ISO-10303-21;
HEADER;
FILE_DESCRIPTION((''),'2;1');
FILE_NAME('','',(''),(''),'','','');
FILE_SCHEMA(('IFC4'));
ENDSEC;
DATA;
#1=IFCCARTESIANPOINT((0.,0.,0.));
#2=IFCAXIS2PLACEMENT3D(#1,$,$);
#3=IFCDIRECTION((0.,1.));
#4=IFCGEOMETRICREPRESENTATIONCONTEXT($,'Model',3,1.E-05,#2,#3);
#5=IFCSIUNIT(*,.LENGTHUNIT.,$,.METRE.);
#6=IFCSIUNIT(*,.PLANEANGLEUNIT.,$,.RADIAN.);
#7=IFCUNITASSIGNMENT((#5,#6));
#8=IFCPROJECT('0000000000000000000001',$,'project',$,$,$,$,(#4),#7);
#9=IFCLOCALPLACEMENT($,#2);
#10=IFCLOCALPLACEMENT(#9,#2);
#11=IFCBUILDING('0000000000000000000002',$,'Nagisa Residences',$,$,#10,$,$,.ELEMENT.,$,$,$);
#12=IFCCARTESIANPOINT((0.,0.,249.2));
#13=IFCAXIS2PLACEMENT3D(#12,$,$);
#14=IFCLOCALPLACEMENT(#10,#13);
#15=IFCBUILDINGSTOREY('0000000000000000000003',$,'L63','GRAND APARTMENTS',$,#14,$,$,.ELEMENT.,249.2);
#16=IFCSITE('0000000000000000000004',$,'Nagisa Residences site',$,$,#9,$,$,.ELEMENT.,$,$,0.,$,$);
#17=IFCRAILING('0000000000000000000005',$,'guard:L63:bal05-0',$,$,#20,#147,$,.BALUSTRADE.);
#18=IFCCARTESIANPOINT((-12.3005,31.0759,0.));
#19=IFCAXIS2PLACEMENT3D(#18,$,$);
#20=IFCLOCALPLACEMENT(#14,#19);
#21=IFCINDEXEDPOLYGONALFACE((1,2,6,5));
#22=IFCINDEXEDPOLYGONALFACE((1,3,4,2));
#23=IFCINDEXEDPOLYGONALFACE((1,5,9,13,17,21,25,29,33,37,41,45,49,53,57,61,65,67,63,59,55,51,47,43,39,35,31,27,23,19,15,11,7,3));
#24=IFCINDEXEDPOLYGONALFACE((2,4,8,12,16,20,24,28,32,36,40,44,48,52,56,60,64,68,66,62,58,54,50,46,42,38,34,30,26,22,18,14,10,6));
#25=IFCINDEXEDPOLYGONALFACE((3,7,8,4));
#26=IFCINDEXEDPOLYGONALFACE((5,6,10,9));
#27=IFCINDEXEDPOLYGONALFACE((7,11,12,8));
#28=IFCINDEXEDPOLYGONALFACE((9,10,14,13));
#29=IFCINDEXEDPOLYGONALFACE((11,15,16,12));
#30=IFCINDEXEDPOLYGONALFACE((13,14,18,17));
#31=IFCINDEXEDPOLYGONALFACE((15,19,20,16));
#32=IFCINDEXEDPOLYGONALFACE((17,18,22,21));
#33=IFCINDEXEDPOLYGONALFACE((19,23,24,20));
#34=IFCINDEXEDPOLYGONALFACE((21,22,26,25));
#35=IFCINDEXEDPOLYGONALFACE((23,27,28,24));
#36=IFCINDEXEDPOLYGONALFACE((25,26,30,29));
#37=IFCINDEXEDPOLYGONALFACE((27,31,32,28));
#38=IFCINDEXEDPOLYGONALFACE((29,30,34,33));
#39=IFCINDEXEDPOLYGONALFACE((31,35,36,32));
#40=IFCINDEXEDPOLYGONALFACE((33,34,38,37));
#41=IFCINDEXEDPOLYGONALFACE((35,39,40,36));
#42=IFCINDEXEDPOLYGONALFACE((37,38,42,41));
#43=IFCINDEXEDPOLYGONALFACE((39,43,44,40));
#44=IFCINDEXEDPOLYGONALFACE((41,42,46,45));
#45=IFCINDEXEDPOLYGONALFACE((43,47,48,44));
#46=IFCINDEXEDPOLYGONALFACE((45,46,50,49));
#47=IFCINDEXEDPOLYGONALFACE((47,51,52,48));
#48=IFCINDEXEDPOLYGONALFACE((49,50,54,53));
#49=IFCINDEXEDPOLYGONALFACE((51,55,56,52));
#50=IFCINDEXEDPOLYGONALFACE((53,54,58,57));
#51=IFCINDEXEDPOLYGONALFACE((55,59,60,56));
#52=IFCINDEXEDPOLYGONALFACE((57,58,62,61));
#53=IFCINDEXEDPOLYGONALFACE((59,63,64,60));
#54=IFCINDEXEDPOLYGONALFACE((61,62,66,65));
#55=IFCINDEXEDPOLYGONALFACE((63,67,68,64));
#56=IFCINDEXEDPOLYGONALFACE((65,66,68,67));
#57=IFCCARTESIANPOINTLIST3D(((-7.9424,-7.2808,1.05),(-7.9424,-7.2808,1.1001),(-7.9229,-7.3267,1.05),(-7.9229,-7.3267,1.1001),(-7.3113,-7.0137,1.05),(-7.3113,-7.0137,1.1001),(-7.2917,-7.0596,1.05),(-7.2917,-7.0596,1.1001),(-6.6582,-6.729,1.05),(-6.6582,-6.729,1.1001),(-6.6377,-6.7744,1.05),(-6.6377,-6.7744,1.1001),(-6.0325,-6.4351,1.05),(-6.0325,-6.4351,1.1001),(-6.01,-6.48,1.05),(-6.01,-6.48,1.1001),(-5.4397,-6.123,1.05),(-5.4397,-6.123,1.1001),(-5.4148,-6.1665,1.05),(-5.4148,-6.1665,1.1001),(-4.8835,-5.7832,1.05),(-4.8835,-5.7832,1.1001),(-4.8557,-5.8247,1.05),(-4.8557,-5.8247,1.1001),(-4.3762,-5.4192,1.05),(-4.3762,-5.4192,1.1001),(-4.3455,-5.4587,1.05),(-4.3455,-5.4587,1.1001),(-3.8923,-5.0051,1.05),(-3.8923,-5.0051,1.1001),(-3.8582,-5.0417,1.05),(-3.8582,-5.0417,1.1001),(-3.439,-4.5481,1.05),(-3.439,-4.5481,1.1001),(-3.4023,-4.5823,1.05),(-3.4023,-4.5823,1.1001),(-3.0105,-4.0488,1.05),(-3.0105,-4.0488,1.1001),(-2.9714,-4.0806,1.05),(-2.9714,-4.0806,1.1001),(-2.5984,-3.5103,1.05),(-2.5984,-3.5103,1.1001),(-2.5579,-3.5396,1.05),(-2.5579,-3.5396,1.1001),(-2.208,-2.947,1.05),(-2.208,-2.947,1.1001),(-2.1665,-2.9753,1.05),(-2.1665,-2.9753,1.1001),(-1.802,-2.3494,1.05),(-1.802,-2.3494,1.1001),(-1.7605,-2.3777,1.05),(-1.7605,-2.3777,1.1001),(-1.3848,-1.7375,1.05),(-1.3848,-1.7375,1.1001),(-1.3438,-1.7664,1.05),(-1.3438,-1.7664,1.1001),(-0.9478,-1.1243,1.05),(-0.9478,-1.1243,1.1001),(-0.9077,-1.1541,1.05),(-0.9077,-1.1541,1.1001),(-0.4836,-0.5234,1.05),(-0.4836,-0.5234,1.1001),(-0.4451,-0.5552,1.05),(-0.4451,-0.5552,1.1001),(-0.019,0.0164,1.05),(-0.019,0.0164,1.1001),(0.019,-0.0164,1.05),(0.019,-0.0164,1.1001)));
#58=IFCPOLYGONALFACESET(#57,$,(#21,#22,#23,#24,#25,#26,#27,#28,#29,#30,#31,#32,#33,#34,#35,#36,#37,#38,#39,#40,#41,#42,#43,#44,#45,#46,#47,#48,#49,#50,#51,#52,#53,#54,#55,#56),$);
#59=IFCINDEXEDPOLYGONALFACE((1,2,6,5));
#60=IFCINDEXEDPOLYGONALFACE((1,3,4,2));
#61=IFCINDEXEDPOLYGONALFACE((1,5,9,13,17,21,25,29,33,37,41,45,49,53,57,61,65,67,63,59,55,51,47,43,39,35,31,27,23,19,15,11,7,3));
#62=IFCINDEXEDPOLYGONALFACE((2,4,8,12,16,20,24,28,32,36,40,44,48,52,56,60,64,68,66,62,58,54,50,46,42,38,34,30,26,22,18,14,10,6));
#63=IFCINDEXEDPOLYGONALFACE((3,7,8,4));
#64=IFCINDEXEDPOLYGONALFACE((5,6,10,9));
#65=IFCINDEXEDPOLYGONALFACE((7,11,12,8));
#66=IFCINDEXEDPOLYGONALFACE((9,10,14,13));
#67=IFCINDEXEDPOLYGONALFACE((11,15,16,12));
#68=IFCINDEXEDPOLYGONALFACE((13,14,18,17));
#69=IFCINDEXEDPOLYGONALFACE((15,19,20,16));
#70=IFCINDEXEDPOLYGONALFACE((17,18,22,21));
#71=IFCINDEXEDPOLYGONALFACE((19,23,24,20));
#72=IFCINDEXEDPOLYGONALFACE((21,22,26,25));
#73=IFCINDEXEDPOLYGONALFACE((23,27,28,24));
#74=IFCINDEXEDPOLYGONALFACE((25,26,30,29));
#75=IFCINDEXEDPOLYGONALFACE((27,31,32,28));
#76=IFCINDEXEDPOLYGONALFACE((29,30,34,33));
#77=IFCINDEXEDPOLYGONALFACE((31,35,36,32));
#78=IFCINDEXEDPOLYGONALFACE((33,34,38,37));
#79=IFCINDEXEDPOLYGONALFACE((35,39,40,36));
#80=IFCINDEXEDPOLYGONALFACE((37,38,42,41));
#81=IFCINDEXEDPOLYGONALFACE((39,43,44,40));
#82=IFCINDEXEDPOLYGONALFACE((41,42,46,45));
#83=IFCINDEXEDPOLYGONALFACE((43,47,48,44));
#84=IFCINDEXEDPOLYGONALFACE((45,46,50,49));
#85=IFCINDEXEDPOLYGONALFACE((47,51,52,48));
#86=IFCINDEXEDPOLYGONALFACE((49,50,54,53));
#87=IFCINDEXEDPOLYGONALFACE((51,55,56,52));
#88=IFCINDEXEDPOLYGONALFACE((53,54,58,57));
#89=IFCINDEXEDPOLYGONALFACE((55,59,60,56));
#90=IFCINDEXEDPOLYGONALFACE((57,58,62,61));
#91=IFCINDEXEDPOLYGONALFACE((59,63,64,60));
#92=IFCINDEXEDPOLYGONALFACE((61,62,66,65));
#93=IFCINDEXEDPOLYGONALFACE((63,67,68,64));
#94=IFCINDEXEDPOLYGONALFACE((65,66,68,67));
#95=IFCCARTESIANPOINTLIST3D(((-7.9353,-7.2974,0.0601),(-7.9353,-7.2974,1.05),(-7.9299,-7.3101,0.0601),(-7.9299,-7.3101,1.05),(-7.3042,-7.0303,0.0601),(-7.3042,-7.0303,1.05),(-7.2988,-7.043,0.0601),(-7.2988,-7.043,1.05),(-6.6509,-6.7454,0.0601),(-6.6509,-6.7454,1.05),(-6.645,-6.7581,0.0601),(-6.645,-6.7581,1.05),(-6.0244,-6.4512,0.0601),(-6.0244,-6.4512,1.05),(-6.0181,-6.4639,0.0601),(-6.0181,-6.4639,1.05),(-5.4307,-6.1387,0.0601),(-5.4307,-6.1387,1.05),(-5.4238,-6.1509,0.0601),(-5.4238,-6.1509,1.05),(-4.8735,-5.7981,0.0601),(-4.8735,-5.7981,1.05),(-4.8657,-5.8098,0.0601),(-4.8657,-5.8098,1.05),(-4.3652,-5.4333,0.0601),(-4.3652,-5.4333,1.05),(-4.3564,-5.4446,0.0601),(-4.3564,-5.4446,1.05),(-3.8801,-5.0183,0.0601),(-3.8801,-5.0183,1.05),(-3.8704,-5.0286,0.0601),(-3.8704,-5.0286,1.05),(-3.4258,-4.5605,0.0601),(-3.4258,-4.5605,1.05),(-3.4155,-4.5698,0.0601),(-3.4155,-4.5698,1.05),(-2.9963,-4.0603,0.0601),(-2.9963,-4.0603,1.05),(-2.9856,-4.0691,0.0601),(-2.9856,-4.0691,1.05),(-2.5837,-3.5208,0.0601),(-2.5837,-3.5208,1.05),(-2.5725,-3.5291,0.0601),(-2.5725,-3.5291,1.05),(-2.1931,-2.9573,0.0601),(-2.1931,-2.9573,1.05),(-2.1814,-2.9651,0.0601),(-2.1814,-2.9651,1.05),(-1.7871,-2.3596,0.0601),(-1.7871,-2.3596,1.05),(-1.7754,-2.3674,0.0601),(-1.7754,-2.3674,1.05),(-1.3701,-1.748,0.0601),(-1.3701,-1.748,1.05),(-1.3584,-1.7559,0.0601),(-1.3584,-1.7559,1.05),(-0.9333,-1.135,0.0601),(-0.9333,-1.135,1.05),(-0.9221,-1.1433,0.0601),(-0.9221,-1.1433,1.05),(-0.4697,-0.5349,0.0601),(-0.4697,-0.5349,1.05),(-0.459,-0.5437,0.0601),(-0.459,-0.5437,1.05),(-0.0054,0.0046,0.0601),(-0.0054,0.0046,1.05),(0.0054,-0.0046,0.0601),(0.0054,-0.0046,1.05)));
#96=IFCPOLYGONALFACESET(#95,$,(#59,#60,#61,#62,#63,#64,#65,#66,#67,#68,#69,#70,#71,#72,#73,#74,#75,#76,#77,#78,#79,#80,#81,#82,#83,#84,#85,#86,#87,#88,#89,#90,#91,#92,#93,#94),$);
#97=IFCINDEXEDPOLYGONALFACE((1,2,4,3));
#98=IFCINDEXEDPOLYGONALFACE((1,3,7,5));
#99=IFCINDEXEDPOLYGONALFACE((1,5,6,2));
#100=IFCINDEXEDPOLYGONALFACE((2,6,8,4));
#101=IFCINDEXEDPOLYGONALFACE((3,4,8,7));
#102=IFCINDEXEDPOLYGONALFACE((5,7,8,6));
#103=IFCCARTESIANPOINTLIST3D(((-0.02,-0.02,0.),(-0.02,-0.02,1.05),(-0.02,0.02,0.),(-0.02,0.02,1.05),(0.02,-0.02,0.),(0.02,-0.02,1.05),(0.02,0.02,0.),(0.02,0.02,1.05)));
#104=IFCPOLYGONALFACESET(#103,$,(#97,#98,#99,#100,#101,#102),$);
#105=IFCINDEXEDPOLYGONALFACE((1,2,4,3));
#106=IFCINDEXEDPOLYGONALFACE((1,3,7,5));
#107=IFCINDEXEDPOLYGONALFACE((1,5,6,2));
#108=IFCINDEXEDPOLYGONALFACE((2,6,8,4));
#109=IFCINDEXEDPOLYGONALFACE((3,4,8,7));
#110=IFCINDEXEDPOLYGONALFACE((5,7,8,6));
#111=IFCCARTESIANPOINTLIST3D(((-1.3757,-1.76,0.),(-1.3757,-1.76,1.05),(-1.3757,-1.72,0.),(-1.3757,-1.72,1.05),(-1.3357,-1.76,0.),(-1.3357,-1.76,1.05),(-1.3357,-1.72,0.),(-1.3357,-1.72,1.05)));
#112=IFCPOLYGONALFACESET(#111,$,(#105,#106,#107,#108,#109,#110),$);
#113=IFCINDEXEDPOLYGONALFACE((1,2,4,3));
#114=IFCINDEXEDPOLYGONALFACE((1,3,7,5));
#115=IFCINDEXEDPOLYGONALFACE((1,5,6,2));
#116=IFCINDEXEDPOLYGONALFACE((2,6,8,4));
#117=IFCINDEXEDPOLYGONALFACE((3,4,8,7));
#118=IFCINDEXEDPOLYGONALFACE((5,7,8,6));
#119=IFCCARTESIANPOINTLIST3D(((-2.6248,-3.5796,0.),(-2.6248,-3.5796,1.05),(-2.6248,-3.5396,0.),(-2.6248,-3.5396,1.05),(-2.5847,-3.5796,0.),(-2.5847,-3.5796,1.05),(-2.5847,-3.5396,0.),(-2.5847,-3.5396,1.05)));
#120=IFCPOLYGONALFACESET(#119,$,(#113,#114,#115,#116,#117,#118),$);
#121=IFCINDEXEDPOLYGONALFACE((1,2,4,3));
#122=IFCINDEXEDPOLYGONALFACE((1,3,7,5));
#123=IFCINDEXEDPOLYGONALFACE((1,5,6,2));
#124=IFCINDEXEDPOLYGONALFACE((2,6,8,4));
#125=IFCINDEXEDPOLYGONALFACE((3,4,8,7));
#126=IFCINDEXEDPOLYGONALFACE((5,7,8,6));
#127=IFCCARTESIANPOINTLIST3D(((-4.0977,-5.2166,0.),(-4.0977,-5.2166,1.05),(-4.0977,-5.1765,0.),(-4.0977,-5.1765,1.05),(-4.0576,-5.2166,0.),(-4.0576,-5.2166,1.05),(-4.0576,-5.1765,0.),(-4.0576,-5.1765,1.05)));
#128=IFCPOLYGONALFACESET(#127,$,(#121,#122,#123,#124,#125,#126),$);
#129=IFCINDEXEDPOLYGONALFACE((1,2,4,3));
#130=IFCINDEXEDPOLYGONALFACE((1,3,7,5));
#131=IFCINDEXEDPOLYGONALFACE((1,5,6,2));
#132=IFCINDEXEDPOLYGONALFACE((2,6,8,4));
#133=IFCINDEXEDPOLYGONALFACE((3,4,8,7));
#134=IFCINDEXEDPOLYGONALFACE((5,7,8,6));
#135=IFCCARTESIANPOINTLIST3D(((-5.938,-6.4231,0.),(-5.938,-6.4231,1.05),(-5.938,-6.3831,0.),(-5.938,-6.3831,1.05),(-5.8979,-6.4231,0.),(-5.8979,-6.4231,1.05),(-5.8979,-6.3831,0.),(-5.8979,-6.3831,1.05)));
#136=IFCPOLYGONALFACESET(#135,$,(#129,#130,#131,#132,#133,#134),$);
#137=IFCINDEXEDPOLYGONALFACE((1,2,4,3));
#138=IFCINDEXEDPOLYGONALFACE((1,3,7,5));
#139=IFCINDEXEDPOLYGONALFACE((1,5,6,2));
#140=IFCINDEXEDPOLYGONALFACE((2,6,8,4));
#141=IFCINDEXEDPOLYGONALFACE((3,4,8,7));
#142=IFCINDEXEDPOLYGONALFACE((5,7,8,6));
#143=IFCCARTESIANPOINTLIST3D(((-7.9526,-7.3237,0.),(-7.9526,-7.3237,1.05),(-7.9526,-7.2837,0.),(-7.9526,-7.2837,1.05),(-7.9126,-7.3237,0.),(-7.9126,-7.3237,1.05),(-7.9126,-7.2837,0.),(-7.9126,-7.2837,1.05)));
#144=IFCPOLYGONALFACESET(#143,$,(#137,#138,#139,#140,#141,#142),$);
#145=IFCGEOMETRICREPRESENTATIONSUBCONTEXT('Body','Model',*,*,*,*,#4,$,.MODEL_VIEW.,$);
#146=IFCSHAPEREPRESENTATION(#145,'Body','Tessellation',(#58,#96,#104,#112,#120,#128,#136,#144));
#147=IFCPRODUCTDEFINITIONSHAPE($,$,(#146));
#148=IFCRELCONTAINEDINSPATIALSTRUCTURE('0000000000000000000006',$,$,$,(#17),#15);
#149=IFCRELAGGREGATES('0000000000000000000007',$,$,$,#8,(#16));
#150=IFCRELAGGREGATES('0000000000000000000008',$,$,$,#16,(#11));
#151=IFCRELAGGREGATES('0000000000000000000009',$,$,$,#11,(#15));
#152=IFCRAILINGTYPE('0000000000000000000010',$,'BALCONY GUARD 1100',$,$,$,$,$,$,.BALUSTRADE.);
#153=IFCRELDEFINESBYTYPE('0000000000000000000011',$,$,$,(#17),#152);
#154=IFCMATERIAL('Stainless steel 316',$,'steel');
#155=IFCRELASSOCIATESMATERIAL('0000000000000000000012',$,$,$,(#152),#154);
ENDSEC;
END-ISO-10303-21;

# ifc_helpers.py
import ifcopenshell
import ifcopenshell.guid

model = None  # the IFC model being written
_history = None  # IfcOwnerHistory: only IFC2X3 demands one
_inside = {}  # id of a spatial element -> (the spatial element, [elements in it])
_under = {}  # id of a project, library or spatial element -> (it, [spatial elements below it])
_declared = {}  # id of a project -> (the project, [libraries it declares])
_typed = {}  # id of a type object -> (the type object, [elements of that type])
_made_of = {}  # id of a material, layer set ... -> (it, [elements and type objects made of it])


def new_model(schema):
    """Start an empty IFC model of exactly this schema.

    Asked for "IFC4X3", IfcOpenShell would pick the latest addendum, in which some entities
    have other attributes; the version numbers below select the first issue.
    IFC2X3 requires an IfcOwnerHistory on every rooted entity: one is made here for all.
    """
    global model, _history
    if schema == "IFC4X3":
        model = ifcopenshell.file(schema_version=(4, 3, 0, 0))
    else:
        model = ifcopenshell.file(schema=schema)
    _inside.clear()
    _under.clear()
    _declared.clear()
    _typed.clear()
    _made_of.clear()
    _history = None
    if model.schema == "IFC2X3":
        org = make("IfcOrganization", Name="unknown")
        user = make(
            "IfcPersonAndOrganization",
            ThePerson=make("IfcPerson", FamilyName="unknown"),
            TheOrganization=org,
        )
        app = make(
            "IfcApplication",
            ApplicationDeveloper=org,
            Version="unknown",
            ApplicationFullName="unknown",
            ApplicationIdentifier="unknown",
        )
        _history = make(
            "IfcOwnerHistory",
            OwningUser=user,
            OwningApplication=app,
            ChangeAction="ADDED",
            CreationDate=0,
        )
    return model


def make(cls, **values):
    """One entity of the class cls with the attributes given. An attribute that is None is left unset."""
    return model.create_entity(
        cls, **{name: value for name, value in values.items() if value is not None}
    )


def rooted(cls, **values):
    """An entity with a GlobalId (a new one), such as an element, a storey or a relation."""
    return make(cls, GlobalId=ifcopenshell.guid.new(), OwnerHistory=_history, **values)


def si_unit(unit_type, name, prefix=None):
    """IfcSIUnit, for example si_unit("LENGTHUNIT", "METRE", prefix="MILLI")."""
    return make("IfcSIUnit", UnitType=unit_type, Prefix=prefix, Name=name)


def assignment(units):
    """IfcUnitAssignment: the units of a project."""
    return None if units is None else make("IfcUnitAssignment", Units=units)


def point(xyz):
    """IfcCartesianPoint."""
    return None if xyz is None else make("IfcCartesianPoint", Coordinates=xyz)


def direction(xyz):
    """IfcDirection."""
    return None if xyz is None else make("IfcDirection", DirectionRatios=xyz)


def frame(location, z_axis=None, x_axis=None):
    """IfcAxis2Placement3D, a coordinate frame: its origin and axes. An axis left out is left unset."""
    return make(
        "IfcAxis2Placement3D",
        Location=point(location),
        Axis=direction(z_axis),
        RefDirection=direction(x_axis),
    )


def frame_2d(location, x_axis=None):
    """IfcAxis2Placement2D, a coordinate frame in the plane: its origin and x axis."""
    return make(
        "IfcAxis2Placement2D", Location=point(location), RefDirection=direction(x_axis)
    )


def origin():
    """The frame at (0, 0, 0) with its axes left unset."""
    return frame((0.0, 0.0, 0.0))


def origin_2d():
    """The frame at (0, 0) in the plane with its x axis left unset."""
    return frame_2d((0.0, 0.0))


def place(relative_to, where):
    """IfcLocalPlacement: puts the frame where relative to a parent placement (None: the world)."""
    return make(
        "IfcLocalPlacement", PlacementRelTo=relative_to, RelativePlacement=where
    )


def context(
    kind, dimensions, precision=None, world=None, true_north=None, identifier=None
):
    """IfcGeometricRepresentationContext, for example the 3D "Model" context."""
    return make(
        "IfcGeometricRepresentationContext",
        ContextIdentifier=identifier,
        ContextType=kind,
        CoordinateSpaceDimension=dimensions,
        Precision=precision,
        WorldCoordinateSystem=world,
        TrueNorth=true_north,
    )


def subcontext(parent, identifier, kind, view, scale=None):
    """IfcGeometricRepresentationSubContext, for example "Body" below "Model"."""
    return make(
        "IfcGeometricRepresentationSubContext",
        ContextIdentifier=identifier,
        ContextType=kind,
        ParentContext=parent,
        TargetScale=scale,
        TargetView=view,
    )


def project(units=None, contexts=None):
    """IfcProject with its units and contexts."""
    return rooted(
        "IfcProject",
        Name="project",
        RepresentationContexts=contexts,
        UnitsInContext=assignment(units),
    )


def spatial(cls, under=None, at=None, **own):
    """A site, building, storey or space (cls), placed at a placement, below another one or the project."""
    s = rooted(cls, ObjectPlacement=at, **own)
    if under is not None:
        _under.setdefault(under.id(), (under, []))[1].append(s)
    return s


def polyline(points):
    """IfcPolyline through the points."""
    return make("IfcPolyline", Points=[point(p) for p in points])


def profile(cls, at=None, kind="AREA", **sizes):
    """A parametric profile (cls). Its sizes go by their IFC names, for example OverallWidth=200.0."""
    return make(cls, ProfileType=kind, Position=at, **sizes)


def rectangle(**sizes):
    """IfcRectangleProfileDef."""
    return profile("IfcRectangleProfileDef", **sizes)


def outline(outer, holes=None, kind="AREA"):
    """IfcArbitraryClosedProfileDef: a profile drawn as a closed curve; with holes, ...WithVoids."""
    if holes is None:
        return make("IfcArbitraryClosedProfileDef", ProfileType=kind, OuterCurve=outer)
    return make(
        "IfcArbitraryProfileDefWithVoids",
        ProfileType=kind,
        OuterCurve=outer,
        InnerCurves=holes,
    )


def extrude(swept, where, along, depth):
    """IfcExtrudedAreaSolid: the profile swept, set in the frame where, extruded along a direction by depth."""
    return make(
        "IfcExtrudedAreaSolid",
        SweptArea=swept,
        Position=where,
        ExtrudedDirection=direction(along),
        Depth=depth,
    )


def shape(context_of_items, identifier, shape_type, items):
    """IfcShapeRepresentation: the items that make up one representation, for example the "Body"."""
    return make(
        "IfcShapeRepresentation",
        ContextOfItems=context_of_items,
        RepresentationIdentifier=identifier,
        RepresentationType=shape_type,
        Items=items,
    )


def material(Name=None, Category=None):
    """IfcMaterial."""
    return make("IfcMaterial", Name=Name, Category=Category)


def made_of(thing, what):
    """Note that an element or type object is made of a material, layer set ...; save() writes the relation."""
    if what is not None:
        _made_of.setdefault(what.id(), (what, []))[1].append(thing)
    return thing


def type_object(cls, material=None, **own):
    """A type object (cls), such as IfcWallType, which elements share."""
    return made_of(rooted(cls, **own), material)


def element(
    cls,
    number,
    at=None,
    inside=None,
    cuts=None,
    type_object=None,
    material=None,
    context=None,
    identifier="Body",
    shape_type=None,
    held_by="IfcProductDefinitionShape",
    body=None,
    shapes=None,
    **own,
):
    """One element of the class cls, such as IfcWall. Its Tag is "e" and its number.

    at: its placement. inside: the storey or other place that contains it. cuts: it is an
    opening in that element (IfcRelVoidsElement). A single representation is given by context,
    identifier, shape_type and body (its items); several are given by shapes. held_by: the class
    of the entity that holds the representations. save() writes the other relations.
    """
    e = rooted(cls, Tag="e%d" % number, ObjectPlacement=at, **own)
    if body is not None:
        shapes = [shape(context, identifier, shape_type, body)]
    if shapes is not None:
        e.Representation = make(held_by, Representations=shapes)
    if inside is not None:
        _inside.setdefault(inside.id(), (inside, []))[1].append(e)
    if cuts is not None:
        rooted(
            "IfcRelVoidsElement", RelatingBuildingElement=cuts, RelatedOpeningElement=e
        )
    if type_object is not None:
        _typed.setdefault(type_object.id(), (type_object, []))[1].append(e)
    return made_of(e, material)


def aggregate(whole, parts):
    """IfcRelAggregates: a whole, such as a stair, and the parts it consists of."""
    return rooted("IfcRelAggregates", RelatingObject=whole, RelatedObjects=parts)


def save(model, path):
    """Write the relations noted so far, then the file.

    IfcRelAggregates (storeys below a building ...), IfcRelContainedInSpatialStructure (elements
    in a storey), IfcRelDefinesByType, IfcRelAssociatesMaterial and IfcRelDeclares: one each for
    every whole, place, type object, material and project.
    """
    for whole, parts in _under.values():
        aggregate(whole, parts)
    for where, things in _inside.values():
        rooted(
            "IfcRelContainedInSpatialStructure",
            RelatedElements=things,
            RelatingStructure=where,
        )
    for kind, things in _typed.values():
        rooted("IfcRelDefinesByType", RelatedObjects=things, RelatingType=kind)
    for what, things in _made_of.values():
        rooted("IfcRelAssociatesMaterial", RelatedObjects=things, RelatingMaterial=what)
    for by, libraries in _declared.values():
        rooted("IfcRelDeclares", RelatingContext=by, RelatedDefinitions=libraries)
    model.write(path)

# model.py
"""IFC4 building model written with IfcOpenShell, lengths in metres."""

from ifc_helpers import new_model, si_unit, direction, frame, origin, origin_2d, place, context, subcontext, project, spatial, polyline, rectangle, outline, extrude, material, type_object, element, save


model = new_model("IFC4")

# Units and contexts
model_context = context("Model", 3, precision=1e-05, world=origin(), true_north=direction((0.0, 1.0)))
body_context = subcontext(model_context, "Body", "Model", "MODEL_VIEW")
ifc_project = project(units=[si_unit("LENGTHUNIT", "METRE"), si_unit("PLANEANGLEUNIT", "RADIAN")], contexts=[model_context])

# Site, building, storey
site_placement = place(None, origin())
site = spatial("IfcSite", under=ifc_project, at=site_placement, Name="Nagisa Residences site", CompositionType="ELEMENT", RefElevation=0.0)
building_placement = place(site_placement, origin())
building = spatial("IfcBuilding", under=site, at=building_placement, Name="Nagisa Residences", CompositionType="ELEMENT")
storey_placement = place(building_placement, frame((0.0, 0.0, 249.2)))
storey = spatial("IfcBuildingStorey", under=building, at=storey_placement, Name="L63", Description="GRAND APARTMENTS", CompositionType="ELEMENT", Elevation=249.2)

# Railing
ifc_material_1 = material(Name="Stainless steel 316", Category="steel")
railing_type = type_object("IfcRailingType", Name="BALCONY GUARD 1100", PredefinedType="BALUSTRADE", material=ifc_material_1)
railing_1_placement = place(storey_placement, frame((-12.3005, 31.0759, 0.0)))
element("IfcRailing", 1, at=railing_1_placement, inside=storey, type_object=railing_type, Name="guard:L63:bal05-0", PredefinedType="BALUSTRADE", context=body_context, shape_type="SweptSolid", body=[
    extrude(outline(polyline([(-0.4451, -0.5552), (0.019, -0.0164), (-0.019, 0.0164), (-0.4836, -0.5234), (-0.9478, -1.1243), (-1.3848, -1.7375), (-1.802, -2.3494), (-2.208, -2.947), (-2.5984, -3.5103), (-3.0105, -4.0488), (-3.439, -4.5481), (-3.8923, -5.0051), (-4.3762, -5.4192), (-4.8835, -5.7832), (-5.4397, -6.123), (-6.0325, -6.4351), (-6.6582, -6.729), (-7.3113, -7.0137), (-7.9424, -7.2808), (-7.9229, -7.3267), (-7.2917, -7.0596), (-6.6377, -6.7744), (-6.01, -6.48), (-5.4148, -6.1665), (-4.8557, -5.8247), (-4.3455, -5.4587), (-3.8582, -5.0417), (-3.4023, -4.5823), (-2.9714, -4.0806), (-2.5579, -3.5396), (-2.1665, -2.9753), (-1.7605, -2.3777), (-1.3438, -1.7664), (-0.9077, -1.1541), (-0.4451, -0.5552)])), frame((0.0, 0.0, 1.05)), (0.0, 0.0, 1.0), 0.05),
    extrude(outline(polyline([(-0.459, -0.5437), (0.0054, -0.0046), (-0.0054, 0.0046), (-0.4697, -0.5349), (-0.9333, -1.135), (-1.3701, -1.748), (-1.7871, -2.3596), (-2.1931, -2.9573), (-2.5837, -3.5208), (-2.9963, -4.0603), (-3.4258, -4.5605), (-3.8801, -5.0183), (-4.3652, -5.4333), (-4.8735, -5.7981), (-5.4307, -6.1387), (-6.0244, -6.4512), (-6.6509, -6.7454), (-7.3042, -7.0303), (-7.9353, -7.2974), (-7.9299, -7.3101), (-7.2988, -7.043), (-6.645, -6.7581), (-6.0181, -6.4639), (-5.4238, -6.1509), (-4.8657, -5.8098), (-4.3564, -5.4446), (-3.8704, -5.0286), (-3.4155, -4.5698), (-2.9856, -4.0691), (-2.5725, -3.5291), (-2.1814, -2.9651), (-1.7754, -2.3674), (-1.3584, -1.7559), (-0.9221, -1.1433), (-0.459, -0.5437)])), frame((0.0, 0.0, 0.0601)), (0.0, 0.0, 1.0), 0.99),
    extrude(rectangle(XDim=0.04, YDim=0.04, at=origin_2d()), origin(), (0.0, 0.0, 1.0), 1.05),
    extrude(rectangle(XDim=0.04, YDim=0.04, at=origin_2d()), frame((-1.3557, -1.74, 0.0)), (0.0, 0.0, 1.0), 1.05),
    extrude(rectangle(XDim=0.04, YDim=0.04, at=origin_2d()), frame((-2.6047, -3.5596, 0.0)), (0.0, 0.0, 1.0), 1.05),
    extrude(rectangle(XDim=0.04, YDim=0.04, at=origin_2d()), frame((-4.0776, -5.1965, 0.0)), (0.0, 0.0, 1.0), 1.05),
    extrude(rectangle(XDim=0.04, YDim=0.04, at=origin_2d()), frame((-5.918, -6.4031, 0.0)), (0.0, 0.0, 1.0), 1.05),
    extrude(rectangle(XDim=0.04, YDim=0.04, at=origin_2d()), frame((-7.9326, -7.3037, 0.0)), (0.0, 0.0, 1.0), 1.05),
])

save(model, "model.ifc")
